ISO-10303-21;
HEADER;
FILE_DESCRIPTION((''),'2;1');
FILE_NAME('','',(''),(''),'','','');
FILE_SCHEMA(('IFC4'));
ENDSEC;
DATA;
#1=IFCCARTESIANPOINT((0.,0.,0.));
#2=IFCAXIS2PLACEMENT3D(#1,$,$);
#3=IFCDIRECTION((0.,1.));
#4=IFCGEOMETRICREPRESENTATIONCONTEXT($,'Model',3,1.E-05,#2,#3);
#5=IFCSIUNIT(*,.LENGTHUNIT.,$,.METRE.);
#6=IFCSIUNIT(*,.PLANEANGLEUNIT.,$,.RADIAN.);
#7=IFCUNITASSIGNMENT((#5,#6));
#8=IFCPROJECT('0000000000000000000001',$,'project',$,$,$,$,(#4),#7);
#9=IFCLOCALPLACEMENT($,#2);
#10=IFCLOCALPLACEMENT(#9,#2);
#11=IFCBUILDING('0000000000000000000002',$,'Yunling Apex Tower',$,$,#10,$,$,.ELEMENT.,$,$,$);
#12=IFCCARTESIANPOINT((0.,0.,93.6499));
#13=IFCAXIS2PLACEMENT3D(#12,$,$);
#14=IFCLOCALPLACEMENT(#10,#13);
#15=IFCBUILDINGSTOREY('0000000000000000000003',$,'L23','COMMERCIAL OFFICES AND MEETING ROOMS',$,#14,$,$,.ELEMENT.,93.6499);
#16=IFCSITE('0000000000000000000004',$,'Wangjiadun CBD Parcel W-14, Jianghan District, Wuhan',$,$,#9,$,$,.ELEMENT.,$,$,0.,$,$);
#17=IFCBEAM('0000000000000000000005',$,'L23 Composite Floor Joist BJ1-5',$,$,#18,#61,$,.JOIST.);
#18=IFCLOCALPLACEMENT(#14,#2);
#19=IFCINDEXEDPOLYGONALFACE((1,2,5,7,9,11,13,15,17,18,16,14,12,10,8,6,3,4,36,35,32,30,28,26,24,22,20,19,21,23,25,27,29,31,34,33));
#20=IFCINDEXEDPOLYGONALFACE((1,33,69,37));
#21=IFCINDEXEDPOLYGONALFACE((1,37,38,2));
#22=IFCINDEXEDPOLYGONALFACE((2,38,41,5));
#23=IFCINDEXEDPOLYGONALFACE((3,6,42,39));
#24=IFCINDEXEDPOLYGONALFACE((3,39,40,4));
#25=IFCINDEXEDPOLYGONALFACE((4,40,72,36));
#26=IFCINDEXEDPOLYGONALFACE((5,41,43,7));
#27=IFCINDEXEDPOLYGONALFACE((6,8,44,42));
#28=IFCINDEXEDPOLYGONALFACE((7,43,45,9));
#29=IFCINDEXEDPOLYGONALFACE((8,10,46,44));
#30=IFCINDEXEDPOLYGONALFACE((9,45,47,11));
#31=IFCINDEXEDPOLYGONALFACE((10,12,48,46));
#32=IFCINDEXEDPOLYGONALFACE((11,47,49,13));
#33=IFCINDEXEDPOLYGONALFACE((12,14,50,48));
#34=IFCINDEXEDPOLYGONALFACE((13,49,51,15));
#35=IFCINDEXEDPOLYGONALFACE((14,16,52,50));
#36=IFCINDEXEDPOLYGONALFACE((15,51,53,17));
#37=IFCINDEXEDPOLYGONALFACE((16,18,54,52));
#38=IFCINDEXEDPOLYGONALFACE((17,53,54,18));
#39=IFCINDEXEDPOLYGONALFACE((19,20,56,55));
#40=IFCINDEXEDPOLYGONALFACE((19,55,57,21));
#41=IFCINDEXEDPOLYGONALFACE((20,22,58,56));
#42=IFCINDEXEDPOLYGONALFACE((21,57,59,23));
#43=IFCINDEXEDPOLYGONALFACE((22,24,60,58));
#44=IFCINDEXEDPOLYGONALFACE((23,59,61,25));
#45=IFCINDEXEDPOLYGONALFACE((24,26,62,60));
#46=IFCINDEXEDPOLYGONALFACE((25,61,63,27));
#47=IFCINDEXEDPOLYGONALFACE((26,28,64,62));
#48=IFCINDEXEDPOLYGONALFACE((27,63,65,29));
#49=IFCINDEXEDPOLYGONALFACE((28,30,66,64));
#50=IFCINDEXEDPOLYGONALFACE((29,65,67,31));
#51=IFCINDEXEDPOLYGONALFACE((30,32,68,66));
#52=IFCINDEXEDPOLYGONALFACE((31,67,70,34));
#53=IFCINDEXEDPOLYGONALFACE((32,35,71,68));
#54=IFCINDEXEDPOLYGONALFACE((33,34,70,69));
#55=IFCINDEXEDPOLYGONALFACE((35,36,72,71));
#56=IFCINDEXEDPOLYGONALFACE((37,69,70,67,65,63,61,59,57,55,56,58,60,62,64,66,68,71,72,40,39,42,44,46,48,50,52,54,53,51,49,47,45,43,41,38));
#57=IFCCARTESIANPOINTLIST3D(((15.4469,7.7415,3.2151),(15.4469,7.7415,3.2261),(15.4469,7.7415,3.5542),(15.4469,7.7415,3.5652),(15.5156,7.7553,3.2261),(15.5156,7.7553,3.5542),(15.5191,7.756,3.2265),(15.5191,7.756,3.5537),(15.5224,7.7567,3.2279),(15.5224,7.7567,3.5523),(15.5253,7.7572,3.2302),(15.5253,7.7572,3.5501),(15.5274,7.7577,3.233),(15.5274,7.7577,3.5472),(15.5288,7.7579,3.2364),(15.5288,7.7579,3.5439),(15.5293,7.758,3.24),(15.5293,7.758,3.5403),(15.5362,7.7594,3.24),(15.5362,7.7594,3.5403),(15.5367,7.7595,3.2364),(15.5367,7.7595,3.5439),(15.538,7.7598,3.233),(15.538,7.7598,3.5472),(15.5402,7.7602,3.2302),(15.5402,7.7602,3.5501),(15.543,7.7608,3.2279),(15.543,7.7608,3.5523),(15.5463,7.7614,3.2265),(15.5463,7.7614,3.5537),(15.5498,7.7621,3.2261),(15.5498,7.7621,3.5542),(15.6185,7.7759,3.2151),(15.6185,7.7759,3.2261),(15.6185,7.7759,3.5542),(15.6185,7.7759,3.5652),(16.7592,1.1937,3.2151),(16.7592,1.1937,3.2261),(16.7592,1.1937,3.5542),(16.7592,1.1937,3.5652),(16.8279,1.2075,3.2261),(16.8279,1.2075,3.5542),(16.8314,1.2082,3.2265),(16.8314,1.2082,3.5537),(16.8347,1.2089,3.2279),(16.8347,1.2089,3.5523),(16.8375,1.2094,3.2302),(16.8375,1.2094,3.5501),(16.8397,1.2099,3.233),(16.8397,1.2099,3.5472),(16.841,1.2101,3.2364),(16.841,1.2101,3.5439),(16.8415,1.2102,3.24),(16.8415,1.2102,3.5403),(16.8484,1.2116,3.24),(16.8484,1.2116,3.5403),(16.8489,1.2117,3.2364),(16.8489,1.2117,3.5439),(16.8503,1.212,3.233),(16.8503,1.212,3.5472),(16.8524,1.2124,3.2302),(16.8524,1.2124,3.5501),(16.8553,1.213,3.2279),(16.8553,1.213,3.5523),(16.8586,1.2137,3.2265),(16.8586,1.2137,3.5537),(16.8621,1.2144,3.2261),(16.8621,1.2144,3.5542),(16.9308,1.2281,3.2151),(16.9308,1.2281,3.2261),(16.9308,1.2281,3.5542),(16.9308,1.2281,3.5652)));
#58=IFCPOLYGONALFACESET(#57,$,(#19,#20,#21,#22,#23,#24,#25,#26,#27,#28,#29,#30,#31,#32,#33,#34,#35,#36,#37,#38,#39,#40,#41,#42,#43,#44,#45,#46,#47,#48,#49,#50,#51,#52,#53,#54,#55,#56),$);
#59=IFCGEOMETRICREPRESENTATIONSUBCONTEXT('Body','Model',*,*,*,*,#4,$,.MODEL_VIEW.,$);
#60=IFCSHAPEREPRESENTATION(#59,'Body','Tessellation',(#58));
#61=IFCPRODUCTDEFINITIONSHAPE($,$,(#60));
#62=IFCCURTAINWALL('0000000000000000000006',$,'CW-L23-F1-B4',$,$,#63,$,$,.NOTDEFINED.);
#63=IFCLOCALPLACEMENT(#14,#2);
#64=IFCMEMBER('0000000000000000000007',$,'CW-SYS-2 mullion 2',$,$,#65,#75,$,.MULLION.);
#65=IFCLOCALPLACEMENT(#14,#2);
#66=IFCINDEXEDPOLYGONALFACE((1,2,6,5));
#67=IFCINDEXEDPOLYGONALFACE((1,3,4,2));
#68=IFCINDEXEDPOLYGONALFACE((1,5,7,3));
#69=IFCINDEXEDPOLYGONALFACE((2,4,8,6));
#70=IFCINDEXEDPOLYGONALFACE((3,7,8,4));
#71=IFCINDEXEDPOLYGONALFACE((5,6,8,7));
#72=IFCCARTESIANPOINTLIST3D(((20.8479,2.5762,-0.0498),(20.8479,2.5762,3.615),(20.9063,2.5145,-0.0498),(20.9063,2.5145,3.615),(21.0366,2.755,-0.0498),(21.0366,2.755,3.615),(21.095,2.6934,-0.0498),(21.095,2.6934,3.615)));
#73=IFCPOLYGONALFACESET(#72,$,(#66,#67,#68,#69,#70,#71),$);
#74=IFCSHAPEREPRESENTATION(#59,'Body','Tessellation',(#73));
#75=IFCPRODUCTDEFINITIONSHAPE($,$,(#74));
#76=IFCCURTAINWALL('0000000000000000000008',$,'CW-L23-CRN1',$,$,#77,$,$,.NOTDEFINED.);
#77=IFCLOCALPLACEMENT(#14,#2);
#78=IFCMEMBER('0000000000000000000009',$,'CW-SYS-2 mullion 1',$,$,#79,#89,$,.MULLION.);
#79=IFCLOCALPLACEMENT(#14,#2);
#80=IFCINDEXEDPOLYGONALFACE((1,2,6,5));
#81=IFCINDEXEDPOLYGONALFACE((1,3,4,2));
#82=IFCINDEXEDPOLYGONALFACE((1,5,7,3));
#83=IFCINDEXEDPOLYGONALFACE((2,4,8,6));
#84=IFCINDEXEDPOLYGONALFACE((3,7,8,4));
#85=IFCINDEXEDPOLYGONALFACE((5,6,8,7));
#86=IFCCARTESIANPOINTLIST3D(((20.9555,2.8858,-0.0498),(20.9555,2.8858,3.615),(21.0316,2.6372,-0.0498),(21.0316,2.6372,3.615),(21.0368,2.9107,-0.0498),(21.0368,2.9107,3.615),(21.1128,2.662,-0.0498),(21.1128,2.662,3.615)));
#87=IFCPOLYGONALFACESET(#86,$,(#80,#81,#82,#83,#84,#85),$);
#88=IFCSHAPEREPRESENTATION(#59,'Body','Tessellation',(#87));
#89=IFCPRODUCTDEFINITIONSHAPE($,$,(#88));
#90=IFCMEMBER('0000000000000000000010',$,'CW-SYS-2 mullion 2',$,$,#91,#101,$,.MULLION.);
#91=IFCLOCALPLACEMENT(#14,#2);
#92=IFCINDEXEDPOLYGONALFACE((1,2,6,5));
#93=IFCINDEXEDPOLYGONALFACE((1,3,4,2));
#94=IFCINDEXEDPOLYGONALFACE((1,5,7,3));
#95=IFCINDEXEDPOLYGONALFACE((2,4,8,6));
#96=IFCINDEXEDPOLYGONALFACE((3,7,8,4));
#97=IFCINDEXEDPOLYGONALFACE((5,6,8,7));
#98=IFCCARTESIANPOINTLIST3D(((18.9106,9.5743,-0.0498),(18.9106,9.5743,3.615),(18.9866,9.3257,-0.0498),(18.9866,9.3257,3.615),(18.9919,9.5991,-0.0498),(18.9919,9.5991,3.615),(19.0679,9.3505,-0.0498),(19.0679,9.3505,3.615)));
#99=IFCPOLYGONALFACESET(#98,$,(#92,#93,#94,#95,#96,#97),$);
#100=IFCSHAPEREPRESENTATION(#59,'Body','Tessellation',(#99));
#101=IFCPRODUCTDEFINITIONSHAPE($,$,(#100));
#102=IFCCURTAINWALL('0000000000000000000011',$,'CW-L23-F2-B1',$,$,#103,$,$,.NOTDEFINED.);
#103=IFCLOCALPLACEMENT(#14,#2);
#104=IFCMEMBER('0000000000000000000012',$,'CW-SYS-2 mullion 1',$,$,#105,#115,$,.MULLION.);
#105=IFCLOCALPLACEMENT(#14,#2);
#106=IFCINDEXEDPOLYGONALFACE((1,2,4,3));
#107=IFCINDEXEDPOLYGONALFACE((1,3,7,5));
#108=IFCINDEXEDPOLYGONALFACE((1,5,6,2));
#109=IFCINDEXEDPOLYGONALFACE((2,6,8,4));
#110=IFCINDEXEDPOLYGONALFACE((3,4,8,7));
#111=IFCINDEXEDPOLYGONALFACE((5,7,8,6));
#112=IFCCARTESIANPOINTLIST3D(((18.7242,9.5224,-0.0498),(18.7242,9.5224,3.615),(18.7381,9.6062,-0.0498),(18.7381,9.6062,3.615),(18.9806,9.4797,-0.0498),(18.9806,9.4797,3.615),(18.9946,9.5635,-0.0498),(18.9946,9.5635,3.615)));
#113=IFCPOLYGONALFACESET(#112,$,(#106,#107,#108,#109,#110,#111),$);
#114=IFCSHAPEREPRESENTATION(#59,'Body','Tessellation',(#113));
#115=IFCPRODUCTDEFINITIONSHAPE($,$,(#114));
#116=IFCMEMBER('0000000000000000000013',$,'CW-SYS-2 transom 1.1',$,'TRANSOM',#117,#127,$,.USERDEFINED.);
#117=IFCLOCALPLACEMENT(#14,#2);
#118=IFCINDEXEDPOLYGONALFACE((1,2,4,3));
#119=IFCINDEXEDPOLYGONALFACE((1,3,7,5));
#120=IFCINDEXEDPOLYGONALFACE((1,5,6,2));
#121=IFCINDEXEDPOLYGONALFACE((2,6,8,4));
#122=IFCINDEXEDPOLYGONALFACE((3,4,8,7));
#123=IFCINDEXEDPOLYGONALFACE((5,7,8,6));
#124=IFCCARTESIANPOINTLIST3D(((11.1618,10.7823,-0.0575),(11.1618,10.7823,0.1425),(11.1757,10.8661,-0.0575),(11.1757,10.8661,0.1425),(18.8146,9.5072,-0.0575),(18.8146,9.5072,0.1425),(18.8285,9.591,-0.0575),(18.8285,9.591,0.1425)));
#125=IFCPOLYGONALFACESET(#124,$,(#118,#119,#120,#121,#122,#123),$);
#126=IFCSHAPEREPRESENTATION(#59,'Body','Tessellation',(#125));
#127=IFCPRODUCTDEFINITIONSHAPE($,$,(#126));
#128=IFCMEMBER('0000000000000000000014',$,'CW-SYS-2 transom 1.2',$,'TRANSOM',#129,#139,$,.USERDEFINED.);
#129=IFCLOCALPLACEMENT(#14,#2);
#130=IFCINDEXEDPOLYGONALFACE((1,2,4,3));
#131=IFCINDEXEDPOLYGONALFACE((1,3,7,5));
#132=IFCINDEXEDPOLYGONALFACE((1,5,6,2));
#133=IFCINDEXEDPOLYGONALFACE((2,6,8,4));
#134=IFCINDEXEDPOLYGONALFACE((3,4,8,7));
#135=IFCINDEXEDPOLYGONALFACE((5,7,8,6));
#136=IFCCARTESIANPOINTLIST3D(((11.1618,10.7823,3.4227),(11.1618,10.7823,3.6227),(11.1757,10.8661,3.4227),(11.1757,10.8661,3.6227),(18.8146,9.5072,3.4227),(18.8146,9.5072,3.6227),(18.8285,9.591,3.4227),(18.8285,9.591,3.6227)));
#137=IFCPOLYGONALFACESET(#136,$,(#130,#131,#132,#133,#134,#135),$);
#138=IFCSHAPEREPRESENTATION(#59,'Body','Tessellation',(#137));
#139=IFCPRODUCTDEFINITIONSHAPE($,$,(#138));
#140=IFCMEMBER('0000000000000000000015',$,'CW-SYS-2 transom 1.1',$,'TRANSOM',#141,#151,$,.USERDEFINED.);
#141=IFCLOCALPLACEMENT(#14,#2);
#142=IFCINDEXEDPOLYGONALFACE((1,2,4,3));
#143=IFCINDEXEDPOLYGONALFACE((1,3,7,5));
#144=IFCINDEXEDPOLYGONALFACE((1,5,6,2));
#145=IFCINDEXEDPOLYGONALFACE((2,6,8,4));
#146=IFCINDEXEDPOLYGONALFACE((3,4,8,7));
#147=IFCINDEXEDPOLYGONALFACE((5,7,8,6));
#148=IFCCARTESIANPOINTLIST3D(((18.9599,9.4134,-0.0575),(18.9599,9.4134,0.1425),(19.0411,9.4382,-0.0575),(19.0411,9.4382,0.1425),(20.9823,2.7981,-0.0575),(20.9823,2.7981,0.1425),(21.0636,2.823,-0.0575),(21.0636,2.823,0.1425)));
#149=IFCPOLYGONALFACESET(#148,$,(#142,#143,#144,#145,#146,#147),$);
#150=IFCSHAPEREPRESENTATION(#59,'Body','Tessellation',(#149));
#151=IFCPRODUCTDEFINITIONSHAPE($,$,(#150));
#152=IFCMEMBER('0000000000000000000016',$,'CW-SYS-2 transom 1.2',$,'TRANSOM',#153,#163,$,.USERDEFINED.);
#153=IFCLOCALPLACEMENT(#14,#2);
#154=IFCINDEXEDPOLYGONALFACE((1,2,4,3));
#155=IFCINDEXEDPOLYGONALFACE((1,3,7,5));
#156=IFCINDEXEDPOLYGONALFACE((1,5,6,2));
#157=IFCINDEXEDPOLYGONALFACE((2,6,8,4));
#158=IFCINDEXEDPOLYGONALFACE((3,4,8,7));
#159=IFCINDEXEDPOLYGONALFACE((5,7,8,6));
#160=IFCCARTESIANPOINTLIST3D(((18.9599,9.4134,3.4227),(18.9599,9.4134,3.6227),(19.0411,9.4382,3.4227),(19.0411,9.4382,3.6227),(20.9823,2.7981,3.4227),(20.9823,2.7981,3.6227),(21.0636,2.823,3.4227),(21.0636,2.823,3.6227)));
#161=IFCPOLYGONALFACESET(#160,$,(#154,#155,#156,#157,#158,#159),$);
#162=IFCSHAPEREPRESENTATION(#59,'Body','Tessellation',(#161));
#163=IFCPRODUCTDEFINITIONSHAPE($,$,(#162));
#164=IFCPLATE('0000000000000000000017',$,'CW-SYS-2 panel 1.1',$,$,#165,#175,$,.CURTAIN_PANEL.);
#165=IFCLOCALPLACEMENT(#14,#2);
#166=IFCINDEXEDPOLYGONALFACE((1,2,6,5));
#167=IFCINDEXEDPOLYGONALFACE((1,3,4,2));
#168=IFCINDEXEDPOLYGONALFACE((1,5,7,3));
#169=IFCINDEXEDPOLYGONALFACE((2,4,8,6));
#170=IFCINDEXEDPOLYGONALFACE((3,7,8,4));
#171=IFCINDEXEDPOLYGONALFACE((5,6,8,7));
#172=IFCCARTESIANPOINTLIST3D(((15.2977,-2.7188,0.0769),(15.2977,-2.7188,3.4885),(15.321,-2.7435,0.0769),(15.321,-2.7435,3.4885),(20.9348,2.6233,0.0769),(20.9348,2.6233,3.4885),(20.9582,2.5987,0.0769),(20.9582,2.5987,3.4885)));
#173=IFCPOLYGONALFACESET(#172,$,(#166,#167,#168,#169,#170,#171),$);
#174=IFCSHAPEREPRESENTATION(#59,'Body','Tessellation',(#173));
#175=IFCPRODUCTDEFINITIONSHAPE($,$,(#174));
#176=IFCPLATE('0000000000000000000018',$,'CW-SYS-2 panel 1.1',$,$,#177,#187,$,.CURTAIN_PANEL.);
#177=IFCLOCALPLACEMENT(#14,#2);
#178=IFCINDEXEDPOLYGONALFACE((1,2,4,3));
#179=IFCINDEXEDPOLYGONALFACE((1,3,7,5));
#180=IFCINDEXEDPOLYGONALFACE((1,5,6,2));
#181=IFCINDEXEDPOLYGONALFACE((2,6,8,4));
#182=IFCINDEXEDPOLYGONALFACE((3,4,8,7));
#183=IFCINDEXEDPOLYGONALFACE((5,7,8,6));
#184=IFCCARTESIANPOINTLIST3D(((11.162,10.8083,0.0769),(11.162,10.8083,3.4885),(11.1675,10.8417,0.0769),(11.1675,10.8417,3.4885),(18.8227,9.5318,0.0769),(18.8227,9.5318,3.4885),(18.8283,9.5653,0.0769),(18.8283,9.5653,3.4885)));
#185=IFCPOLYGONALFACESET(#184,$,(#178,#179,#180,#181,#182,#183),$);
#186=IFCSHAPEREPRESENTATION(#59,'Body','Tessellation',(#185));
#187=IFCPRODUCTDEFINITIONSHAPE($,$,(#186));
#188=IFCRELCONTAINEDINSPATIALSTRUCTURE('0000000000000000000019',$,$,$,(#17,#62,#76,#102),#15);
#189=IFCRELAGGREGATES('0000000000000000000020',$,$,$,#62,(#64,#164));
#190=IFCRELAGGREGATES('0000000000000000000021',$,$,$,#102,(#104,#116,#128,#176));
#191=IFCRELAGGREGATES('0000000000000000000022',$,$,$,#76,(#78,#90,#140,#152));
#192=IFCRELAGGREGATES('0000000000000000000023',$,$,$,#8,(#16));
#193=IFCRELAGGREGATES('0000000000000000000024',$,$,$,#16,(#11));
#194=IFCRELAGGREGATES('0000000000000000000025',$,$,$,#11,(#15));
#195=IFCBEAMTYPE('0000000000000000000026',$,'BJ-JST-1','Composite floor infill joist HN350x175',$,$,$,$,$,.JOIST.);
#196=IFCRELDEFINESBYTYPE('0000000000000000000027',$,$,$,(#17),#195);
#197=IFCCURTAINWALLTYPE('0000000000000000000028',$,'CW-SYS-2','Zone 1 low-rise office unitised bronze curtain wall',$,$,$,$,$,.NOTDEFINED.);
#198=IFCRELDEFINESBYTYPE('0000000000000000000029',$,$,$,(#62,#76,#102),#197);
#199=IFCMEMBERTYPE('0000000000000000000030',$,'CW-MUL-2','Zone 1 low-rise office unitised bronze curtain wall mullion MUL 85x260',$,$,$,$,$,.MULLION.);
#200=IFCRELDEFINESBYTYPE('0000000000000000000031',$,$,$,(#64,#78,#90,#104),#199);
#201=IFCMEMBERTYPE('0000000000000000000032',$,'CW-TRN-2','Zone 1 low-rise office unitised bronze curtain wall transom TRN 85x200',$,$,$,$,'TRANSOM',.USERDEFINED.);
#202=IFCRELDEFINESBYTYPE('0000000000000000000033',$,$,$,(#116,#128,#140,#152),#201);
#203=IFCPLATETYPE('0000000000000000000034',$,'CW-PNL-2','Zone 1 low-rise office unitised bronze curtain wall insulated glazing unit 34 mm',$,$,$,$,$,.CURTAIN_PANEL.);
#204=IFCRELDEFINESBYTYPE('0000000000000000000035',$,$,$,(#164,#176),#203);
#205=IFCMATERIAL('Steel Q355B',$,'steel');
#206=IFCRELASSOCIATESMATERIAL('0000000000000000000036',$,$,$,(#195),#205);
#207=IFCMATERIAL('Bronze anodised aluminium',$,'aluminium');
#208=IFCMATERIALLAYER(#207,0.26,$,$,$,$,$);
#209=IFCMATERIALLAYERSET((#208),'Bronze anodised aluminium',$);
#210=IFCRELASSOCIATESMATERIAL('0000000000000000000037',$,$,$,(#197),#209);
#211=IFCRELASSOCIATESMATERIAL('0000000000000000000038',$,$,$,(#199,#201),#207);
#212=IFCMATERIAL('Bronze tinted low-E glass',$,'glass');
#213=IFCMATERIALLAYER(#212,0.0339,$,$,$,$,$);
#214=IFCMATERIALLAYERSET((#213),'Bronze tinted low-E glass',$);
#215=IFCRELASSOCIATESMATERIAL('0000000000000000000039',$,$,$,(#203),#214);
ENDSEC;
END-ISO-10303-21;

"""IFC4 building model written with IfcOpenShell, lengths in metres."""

from ifc_helpers import new_model, si_unit, direction, frame, origin, origin_2d, place, context, subcontext, project, spatial, rectangle, i_section, extrude, source, transform, mapped, material, layer, layer_set, material_profile, profile_set, type_object, element, aggregate, save


model = new_model("IFC4")

# Units and contexts
model_context = context("Model", 3, precision=1e-05, world=origin(), true_north=direction((0.0, 1.0)))
body_context = subcontext(model_context, "Body", "Model", "MODEL_VIEW")
ifc_project = project(units=[si_unit("LENGTHUNIT", "METRE"), si_unit("PLANEANGLEUNIT", "RADIAN")], contexts=[model_context])

# Site, building, storey
site_placement = place(None, origin())
site = spatial("IfcSite", under=ifc_project, at=site_placement, Name="Wangjiadun CBD Parcel W-14, Jianghan District, Wuhan", CompositionType="ELEMENT", RefElevation=0.0)
building_placement = place(site_placement, origin())
building = spatial("IfcBuilding", under=site, at=building_placement, Name="Yunling Apex Tower", CompositionType="ELEMENT")
storey_placement = place(building_placement, frame((0.0, 0.0, 93.6499)))
storey = spatial("IfcBuildingStorey", under=building, at=storey_placement, Name="L23", Description="COMMERCIAL OFFICES AND MEETING ROOMS", CompositionType="ELEMENT", Elevation=93.6499)

# Beam
ifc_material_1 = material(Name="Steel Q355B", Category="steel")
ifc_material_profile_1 = material_profile(ifc_material_1, i_section(OverallWidth=0.175, OverallDepth=0.3501, WebThickness=0.0071, FlangeThickness=0.011, FilletRadius=0.0139, at=origin_2d()))
ifc_profile_set_1 = profile_set([ifc_material_profile_1], Name="Steel Q355B")
beam_type_1 = type_object("IfcBeamType", Name="BJ-JST-1", Description="Composite floor infill joist HN350x175", PredefinedType="JOIST", material=ifc_profile_set_1)
shared_shape_1 = source(origin(), body_context, "Body", "SweptSolid", [
    extrude(i_section(OverallWidth=0.175, OverallDepth=0.3501, WebThickness=0.0071, FlangeThickness=0.011, FilletRadius=0.0139, at=origin_2d()), origin(), (0.0, 0.0, 1.0), 6.678),
])
beam_1_placement = place(storey_placement, frame((16.845, 1.2109, 3.3901), z_axis=(-0.196503, 0.980503, 0.0), x_axis=(-0.980503, -0.196503, 0.0)))
element("IfcBeam", 1, at=beam_1_placement, inside=storey, type_object=beam_type_1, Name="L23 Composite Floor Joist BJ1-5", PredefinedType="JOIST", context=body_context, shape_type="MappedRepresentation", body=[
    mapped(shared_shape_1, transform((0.0, 0.0, 0.0), scale=1.0)),
])

# Curtain wall, member
ifc_material_2 = material(Name="Bronze anodised aluminium", Category="aluminium")
ifc_layer_1 = layer(ifc_material_2, 0.26)
ifc_layer_set_1 = layer_set([ifc_layer_1], Name="Bronze anodised aluminium")
curtain_wall_type = type_object("IfcCurtainWallType", Name="CW-SYS-2", Description="Zone 1 low-rise office unitised bronze curtain wall", PredefinedType="NOTDEFINED", material=ifc_layer_set_1)
curtain_wall_1_placement = place(storey_placement, origin())
curtain_wall_1 = element("IfcCurtainWall", 2, at=curtain_wall_1_placement, inside=storey, type_object=curtain_wall_type, Name="CW-L23-F1-B4", PredefinedType="NOTDEFINED")
ifc_material_profile_2 = material_profile(ifc_material_2, rectangle(XDim=0.085, YDim=0.26, at=origin_2d()))
ifc_profile_set_2 = profile_set([ifc_material_profile_2], Name="Bronze anodised aluminium")
member_type_1 = type_object("IfcMemberType", Name="CW-MUL-2", Description="Zone 1 low-rise office unitised bronze curtain wall mullion MUL 85x260", PredefinedType="MULLION", material=ifc_profile_set_2)
shared_shape_2 = source(origin(), body_context, "Body", "SweptSolid", [
    extrude(rectangle(XDim=0.085, YDim=0.26, at=origin_2d()), origin(), (0.0, 0.0, 1.0), 3.6648),
])
member_1_placement = place(storey_placement, frame((20.9714, 2.6348, -0.0498), z_axis=(0.0, 0.0, 1.0), x_axis=(-0.687861, 0.725842, 0.0)))
member_1 = element("IfcMember", 3, at=member_1_placement, type_object=member_type_1, Name="CW-SYS-2 mullion 2", PredefinedType="MULLION", context=body_context, shape_type="MappedRepresentation", body=[
    mapped(shared_shape_2, transform((0.0, 0.0, 0.0), scale=1.0)),
])

# Curtain walls, members
curtain_wall_2_placement = place(storey_placement, origin())
curtain_wall_2 = element("IfcCurtainWall", 4, at=curtain_wall_2_placement, inside=storey, type_object=curtain_wall_type, Name="CW-L23-CRN1", PredefinedType="NOTDEFINED")
member_2_placement = place(storey_placement, frame((21.0342, 2.7739, -0.0498), z_axis=(0.0, 0.0, 1.0), x_axis=(-0.956304, -0.292375, 0.0)))
member_2 = element("IfcMember", 5, at=member_2_placement, type_object=member_type_1, Name="CW-SYS-2 mullion 1", PredefinedType="MULLION", context=body_context, shape_type="MappedRepresentation", body=[
    mapped(shared_shape_2, transform((0.0, 0.0, 0.0), scale=1.0)),
])
member_3_placement = place(storey_placement, frame((18.9893, 9.4624, -0.0498), z_axis=(0.0, 0.0, 1.0), x_axis=(-0.956304, -0.292375, 0.0)))
member_3 = element("IfcMember", 6, at=member_3_placement, type_object=member_type_1, Name="CW-SYS-2 mullion 2", PredefinedType="MULLION", context=body_context, shape_type="MappedRepresentation", body=[
    mapped(shared_shape_2, transform((0.0, 0.0, 0.0), scale=1.0)),
])
curtain_wall_3_placement = place(storey_placement, origin())
curtain_wall_3 = element("IfcCurtainWall", 7, at=curtain_wall_3_placement, inside=storey, type_object=curtain_wall_type, Name="CW-L23-F2-B1", PredefinedType="NOTDEFINED")
member_4_placement = place(storey_placement, frame((18.8594, 9.543, -0.0498), z_axis=(0.0, 0.0, 1.0), x_axis=(-0.16436, -0.9864, 0.0)))
member_4 = element("IfcMember", 8, at=member_4_placement, type_object=member_type_1, Name="CW-SYS-2 mullion 1", PredefinedType="MULLION", context=body_context, shape_type="MappedRepresentation", body=[
    mapped(shared_shape_2, transform((0.0, 0.0, 0.0), scale=1.0)),
])
ifc_material_profile_3 = material_profile(ifc_material_2, rectangle(XDim=0.085, YDim=0.2, at=origin_2d()))
ifc_profile_set_3 = profile_set([ifc_material_profile_3], Name="Bronze anodised aluminium")
member_type_2 = type_object("IfcMemberType", Name="CW-TRN-2", Description="Zone 1 low-rise office unitised bronze curtain wall transom TRN 85x200", ElementType="TRANSOM", PredefinedType="USERDEFINED", material=ifc_profile_set_3)
shared_shape_3 = source(origin(), body_context, "Body", "SweptSolid", [
    extrude(rectangle(XDim=0.085, YDim=0.2, at=origin_2d()), origin(), (0.0, 0.0, 1.0), 7.7583),
])
member_5_placement = place(storey_placement, frame((18.8215, 9.5491, 0.0425), z_axis=(-0.986401, 0.164358, 0.0), x_axis=(-0.164358, -0.986401, 0.0)))
member_5 = element("IfcMember", 9, at=member_5_placement, type_object=member_type_2, Name="CW-SYS-2 transom 1.1", ObjectType="TRANSOM", PredefinedType="USERDEFINED", context=body_context, shape_type="MappedRepresentation", body=[
    mapped(shared_shape_3, transform((0.0, 0.0, 0.0), scale=1.0)),
])
member_6_placement = place(storey_placement, frame((18.8215, 9.5491, 3.5227), z_axis=(-0.986401, 0.164358, 0.0), x_axis=(-0.164358, -0.986401, 0.0)))
member_6 = element("IfcMember", 10, at=member_6_placement, type_object=member_type_2, Name="CW-SYS-2 transom 1.2", ObjectType="TRANSOM", PredefinedType="USERDEFINED", context=body_context, shape_type="MappedRepresentation", body=[
    mapped(shared_shape_3, transform((0.0, 0.0, 0.0), scale=1.0)),
])

# Members
shared_shape_4 = source(origin(), body_context, "Body", "SweptSolid", [
    extrude(rectangle(XDim=0.085, YDim=0.2, at=origin_2d()), origin(), (0.0, 0.0, 1.0), 6.9175),
])
member_7_placement = place(storey_placement, frame((21.0229, 2.8105, 0.0425), z_axis=(-0.292369, 0.956306, 0.0), x_axis=(-0.956306, -0.292369, 0.0)))
member_7 = element("IfcMember", 11, at=member_7_placement, type_object=member_type_2, Name="CW-SYS-2 transom 1.1", ObjectType="TRANSOM", PredefinedType="USERDEFINED", context=body_context, shape_type="MappedRepresentation", body=[
    mapped(shared_shape_4, transform((0.0, 0.0, 0.0), scale=1.0)),
])
member_8_placement = place(storey_placement, frame((21.0229, 2.8105, 3.5227), z_axis=(-0.292369, 0.956306, 0.0), x_axis=(-0.956306, -0.292369, 0.0)))
member_8 = element("IfcMember", 12, at=member_8_placement, type_object=member_type_2, Name="CW-SYS-2 transom 1.2", ObjectType="TRANSOM", PredefinedType="USERDEFINED", context=body_context, shape_type="MappedRepresentation", body=[
    mapped(shared_shape_4, transform((0.0, 0.0, 0.0), scale=1.0)),
])

# Plates
ifc_material_3 = material(Name="Bronze tinted low-E glass", Category="glass")
ifc_layer_2 = layer(ifc_material_3, 0.0339)
ifc_layer_set_2 = layer_set([ifc_layer_2], Name="Bronze tinted low-E glass")
plate_type = type_object("IfcPlateType", Name="CW-PNL-2", Description="Zone 1 low-rise office unitised bronze curtain wall insulated glazing unit 34 mm", PredefinedType="CURTAIN_PANEL", material=ifc_layer_set_2)
shared_shape_5 = source(origin(), body_context, "Body", "SweptSolid", [
    extrude(rectangle(XDim=7.7664, YDim=0.0339, at=origin_2d()), origin(), (0.0, 0.0, 1.0), 3.4116),
])
plate_1_placement = place(storey_placement, frame((18.1279, -0.0601, 0.0769), z_axis=(0.0, 0.0, 1.0), x_axis=(0.725842, 0.687861, 0.0)))
plate_1 = element("IfcPlate", 13, at=plate_1_placement, type_object=plate_type, Name="CW-SYS-2 panel 1.1", PredefinedType="CURTAIN_PANEL", context=body_context, shape_type="MappedRepresentation", body=[
    mapped(shared_shape_5, transform((0.0, 0.0, 0.0), scale=1.0)),
])
aggregate(curtain_wall_1, [member_1, plate_1])
plate_2_placement = place(storey_placement, frame((14.9951, 10.1868, 0.0769), z_axis=(0.0, 0.0, 1.0), x_axis=(-0.9864, 0.16436, 0.0)))
plate_2 = element("IfcPlate", 14, at=plate_2_placement, type_object=plate_type, Name="CW-SYS-2 panel 1.1", PredefinedType="CURTAIN_PANEL", context=body_context, shape_type="MappedRepresentation", body=[
    mapped(shared_shape_5, transform((0.0, 0.0, 0.0), scale=1.0)),
])
aggregate(curtain_wall_3, [member_4, member_5, member_6, plate_2])
aggregate(curtain_wall_2, [member_2, member_3, member_7, member_8])

save(model, "model.ifc")
